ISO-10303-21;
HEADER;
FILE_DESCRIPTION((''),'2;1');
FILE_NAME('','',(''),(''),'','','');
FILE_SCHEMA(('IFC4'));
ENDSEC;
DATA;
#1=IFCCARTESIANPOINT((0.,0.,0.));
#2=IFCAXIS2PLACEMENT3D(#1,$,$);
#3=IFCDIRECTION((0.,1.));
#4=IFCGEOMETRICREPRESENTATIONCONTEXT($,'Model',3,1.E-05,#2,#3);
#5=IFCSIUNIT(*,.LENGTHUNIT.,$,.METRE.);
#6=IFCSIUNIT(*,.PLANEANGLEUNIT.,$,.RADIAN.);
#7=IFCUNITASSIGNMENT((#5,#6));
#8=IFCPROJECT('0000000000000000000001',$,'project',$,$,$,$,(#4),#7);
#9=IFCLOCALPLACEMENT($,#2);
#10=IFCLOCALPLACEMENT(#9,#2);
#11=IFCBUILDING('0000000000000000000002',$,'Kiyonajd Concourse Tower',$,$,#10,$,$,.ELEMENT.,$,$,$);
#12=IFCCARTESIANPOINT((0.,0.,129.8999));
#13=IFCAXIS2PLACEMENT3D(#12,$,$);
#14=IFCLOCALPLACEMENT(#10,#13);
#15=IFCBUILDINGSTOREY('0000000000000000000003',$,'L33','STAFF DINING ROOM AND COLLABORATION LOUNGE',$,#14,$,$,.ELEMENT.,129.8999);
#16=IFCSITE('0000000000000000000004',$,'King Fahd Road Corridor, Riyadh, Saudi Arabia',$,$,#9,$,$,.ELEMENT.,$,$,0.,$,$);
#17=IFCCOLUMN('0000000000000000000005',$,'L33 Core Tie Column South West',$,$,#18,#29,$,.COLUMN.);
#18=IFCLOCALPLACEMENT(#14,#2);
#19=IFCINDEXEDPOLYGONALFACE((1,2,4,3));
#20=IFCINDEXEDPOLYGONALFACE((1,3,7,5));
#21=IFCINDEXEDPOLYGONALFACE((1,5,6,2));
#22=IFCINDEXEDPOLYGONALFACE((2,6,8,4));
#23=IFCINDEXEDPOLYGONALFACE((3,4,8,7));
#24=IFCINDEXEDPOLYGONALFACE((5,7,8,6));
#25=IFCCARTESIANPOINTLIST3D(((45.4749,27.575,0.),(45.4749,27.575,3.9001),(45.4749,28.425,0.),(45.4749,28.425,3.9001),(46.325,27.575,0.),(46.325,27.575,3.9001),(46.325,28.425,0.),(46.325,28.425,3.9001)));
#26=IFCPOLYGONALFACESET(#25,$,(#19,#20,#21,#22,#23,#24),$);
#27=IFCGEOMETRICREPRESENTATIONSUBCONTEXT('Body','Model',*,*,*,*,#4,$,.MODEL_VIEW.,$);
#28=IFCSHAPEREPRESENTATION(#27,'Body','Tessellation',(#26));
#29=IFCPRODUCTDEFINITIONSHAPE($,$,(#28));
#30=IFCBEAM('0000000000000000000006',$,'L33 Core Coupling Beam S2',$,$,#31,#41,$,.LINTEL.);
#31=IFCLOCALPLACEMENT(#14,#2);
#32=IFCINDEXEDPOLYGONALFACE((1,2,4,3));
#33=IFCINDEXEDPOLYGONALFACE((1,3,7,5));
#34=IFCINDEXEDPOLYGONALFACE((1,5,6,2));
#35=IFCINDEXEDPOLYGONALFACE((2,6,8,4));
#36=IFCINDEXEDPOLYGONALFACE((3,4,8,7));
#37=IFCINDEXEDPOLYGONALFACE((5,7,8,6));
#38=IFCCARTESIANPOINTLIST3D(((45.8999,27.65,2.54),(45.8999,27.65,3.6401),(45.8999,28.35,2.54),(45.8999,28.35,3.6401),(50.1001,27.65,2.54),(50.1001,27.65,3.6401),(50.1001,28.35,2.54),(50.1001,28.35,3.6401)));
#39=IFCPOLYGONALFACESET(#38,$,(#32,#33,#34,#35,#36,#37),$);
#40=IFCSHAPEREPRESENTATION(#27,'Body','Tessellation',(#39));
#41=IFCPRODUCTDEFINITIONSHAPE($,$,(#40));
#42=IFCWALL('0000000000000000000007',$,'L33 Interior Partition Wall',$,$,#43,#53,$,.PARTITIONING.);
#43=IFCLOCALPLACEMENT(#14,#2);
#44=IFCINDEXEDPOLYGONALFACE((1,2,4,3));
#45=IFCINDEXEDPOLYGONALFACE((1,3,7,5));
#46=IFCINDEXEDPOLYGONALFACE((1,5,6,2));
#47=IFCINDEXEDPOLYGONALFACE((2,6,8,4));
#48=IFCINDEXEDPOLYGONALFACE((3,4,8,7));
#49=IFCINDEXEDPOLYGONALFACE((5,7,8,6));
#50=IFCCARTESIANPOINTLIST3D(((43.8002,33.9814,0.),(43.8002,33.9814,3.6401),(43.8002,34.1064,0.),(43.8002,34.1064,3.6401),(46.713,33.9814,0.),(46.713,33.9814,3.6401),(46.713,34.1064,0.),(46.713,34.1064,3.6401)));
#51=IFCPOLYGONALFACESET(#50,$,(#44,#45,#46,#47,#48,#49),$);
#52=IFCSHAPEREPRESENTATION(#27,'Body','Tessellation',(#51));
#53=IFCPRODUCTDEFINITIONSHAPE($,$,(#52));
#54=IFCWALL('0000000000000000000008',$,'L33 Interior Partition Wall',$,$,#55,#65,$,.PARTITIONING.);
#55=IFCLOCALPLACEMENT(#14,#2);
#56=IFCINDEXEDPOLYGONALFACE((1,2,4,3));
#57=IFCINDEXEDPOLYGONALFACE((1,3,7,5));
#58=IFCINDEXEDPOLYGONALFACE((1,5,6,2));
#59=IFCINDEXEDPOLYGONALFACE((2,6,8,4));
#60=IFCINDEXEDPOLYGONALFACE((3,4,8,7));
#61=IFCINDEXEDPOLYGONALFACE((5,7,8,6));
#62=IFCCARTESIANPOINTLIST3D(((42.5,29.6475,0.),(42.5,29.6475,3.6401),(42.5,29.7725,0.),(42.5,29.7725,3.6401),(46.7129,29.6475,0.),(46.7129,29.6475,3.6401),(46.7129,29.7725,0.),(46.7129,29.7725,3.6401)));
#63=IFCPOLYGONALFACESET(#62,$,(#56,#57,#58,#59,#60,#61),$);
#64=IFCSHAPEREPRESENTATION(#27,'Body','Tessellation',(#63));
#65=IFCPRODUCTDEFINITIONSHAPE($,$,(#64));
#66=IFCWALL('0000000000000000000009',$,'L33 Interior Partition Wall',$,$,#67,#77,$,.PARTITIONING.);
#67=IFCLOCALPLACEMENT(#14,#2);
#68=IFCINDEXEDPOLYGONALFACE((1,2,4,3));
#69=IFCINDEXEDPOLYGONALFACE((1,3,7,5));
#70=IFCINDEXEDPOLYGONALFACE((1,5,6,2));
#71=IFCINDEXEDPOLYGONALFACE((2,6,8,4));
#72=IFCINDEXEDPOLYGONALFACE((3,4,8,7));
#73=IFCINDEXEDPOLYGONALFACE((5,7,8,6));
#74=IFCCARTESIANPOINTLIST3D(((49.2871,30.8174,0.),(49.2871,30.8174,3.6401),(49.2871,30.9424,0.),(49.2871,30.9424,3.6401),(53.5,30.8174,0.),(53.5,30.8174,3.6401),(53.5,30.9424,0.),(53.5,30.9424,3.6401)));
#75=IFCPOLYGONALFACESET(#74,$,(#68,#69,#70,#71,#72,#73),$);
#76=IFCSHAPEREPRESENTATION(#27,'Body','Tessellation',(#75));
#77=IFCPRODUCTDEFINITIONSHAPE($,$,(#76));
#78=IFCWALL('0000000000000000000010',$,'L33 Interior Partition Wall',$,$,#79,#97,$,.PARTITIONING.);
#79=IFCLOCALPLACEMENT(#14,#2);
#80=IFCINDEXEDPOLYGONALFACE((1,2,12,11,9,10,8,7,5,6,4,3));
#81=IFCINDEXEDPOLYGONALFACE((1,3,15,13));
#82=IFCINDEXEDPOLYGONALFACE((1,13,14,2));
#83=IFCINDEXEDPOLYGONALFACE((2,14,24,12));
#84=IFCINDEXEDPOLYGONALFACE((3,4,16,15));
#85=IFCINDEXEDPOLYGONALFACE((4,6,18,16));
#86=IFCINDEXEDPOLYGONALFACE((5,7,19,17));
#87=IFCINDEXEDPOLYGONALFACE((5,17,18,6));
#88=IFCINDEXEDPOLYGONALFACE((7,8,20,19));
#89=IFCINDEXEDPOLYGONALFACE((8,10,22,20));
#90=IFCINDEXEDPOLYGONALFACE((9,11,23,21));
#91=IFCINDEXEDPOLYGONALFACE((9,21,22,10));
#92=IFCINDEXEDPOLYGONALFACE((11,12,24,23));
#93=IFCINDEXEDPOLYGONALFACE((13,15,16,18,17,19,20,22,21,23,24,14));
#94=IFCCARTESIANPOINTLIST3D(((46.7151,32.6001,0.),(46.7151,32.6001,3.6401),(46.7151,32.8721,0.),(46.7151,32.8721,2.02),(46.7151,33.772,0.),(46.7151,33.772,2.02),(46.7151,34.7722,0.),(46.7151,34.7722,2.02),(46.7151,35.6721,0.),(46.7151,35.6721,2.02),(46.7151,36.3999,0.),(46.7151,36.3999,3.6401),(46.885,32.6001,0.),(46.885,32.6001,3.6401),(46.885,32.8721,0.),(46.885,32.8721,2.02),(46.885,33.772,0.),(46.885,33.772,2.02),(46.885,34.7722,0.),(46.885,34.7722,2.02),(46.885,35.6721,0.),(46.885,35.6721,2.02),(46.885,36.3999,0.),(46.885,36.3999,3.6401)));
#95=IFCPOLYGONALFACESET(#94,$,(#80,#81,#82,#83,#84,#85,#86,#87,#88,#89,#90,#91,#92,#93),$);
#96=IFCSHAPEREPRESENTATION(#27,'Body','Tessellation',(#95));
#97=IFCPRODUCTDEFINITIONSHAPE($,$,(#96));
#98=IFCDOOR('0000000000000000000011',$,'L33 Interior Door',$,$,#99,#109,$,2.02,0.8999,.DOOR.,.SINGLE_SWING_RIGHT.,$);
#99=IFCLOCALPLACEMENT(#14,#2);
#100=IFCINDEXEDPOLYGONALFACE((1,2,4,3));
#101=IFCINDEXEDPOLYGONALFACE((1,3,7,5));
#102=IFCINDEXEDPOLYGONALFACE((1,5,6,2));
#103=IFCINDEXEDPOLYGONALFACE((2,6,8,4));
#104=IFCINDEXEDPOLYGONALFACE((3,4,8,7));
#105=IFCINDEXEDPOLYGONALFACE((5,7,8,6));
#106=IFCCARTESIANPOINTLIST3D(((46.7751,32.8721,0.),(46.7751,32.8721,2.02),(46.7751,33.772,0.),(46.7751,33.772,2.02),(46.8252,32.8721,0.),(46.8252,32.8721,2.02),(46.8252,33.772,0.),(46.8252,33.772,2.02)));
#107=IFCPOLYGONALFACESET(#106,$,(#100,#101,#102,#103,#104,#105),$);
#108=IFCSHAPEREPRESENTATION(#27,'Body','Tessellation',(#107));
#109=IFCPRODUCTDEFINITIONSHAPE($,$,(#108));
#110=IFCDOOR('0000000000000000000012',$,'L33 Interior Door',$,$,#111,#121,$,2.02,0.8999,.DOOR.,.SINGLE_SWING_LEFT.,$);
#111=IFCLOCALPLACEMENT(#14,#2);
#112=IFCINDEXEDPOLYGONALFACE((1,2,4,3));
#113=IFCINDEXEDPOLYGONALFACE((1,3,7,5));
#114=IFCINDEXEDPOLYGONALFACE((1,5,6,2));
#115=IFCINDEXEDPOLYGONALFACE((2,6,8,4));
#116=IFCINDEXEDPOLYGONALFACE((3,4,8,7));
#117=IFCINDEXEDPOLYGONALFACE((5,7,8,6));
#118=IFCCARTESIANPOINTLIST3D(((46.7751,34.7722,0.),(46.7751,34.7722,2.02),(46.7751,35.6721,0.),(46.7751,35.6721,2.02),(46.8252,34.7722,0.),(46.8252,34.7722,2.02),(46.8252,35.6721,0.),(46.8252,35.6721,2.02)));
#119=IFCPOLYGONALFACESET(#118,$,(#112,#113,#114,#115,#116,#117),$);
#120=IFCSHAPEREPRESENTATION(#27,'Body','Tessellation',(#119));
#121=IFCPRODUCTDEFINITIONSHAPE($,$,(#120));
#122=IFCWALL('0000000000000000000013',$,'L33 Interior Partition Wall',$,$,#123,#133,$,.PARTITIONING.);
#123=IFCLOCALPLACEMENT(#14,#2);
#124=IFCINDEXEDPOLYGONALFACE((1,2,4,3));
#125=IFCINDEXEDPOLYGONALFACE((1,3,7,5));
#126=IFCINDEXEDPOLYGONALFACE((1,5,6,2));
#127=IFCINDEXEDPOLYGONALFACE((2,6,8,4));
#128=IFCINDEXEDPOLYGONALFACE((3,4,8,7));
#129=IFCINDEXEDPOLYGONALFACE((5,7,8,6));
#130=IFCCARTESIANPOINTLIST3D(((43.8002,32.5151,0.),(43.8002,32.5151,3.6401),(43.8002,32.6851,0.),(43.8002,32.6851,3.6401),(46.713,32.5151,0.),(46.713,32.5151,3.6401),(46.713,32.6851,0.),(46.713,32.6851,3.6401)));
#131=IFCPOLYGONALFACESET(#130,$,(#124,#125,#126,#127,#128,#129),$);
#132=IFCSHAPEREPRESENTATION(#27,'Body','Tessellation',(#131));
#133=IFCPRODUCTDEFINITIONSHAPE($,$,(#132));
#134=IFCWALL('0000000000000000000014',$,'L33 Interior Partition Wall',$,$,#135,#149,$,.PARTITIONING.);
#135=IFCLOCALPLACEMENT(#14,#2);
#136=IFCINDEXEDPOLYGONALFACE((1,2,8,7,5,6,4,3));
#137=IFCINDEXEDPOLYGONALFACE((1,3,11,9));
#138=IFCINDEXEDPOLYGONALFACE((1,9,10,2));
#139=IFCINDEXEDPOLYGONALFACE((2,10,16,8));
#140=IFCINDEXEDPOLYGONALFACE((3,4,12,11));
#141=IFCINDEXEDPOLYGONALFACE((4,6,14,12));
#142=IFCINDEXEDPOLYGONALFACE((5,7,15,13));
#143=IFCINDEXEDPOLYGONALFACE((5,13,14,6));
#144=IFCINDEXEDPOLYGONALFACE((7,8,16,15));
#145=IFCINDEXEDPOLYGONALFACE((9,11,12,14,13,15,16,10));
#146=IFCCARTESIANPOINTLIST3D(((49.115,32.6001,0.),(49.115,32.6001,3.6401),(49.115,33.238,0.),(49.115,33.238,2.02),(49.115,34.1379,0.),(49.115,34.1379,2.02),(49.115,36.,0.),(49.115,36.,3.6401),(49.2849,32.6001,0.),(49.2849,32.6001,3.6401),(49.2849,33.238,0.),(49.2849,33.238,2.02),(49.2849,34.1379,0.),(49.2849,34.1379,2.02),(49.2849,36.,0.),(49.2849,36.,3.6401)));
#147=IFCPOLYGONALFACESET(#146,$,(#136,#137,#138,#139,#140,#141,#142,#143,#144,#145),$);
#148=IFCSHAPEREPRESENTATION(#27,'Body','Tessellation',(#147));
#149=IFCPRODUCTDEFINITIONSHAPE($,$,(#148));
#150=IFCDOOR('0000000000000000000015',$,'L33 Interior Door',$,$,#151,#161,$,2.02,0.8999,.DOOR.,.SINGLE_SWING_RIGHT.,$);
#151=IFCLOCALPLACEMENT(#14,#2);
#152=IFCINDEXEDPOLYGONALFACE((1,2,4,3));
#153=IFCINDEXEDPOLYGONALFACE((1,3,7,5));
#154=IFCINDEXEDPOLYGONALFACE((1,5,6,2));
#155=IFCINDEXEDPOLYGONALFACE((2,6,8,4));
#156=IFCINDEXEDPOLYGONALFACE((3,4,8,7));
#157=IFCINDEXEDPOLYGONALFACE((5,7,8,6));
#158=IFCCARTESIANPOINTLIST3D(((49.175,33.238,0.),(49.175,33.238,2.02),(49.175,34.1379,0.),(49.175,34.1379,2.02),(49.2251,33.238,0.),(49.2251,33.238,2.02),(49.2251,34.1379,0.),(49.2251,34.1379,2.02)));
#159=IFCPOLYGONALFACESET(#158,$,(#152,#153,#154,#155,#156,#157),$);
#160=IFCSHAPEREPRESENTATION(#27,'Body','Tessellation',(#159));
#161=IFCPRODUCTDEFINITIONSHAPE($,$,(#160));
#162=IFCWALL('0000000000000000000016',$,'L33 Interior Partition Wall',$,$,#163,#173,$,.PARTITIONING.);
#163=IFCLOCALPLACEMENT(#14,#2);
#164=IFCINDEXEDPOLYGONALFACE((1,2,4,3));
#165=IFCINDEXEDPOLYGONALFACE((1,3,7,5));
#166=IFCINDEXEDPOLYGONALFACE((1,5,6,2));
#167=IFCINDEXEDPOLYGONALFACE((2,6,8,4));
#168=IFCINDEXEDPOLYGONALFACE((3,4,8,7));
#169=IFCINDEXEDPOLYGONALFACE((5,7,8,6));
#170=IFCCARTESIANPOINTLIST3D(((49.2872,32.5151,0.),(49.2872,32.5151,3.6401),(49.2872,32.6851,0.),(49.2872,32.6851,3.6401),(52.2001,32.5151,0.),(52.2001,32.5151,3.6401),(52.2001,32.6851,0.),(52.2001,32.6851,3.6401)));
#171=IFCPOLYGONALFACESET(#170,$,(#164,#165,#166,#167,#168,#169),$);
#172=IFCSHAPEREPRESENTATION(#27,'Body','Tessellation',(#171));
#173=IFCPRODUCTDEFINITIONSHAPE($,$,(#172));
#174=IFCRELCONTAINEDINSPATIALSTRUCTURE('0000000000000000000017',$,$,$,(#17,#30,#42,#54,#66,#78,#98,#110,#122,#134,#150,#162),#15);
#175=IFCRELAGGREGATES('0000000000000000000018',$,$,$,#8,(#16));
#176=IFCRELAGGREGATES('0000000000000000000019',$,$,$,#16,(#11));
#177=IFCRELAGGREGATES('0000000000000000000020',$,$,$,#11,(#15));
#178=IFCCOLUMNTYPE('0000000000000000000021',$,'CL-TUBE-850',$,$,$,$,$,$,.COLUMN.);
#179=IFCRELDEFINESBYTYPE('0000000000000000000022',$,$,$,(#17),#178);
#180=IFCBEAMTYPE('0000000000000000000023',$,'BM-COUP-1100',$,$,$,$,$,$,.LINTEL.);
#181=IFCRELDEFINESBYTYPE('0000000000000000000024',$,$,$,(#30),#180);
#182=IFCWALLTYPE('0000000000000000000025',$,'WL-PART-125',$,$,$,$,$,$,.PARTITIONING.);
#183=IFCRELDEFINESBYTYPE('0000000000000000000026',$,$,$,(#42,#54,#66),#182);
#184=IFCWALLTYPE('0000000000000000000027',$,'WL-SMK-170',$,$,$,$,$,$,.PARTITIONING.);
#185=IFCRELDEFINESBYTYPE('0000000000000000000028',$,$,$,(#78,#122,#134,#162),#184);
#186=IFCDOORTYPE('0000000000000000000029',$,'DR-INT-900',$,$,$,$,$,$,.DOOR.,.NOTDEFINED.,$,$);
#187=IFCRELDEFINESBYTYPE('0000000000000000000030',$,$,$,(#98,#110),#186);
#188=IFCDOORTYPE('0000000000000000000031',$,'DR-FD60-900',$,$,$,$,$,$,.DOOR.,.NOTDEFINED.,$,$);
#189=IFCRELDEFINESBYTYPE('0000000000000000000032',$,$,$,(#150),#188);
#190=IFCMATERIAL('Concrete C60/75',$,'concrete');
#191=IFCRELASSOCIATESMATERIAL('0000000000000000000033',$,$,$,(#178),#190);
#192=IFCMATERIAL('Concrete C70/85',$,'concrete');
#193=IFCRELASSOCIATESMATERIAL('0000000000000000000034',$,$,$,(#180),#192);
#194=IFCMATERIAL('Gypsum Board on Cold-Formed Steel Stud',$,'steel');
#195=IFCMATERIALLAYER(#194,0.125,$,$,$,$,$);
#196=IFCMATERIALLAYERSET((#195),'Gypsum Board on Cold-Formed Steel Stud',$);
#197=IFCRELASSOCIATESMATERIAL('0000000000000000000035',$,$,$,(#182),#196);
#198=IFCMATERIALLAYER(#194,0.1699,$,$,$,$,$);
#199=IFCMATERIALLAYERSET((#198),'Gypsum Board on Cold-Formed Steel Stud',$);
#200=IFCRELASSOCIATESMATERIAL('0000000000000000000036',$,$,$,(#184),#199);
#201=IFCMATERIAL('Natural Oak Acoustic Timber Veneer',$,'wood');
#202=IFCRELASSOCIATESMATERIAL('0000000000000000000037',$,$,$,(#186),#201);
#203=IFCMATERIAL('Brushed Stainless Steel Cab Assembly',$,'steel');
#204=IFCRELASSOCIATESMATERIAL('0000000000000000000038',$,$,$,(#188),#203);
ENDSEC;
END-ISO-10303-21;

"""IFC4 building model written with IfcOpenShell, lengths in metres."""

from ifc_helpers import new_model, si_unit, direction, frame, frame_2d, origin, origin_2d, place, context, subcontext, project, spatial, rectangle, extrude, material, layer, layer_set, material_profile, profile_set, type_object, element, fill, save


model = new_model("IFC4")

# Units and contexts
model_context = context("Model", 3, precision=1e-05, world=origin(), true_north=direction((0.0, 1.0)))
body_context = subcontext(model_context, "Body", "Model", "MODEL_VIEW")
ifc_project = project(units=[si_unit("LENGTHUNIT", "METRE"), si_unit("PLANEANGLEUNIT", "RADIAN")], contexts=[model_context])

# Site, building, storey
site_placement = place(None, origin())
site = spatial("IfcSite", under=ifc_project, at=site_placement, Name="King Fahd Road Corridor, Riyadh, Saudi Arabia", CompositionType="ELEMENT", RefElevation=0.0)
building_placement = place(site_placement, origin())
building = spatial("IfcBuilding", under=site, at=building_placement, Name="Kiyonajd Concourse Tower", CompositionType="ELEMENT")
storey_placement = place(building_placement, frame((0.0, 0.0, 129.8999)))
storey = spatial("IfcBuildingStorey", under=building, at=storey_placement, Name="L33", Description="STAFF DINING ROOM AND COLLABORATION LOUNGE", CompositionType="ELEMENT", Elevation=129.8999)

# Column
ifc_material_1 = material(Name="Concrete C60/75", Category="concrete")
ifc_material_profile_1 = material_profile(ifc_material_1, rectangle(XDim=0.8501, YDim=0.8501, at=origin_2d()), Name="RC-850x850")
ifc_profile_set_1 = profile_set([ifc_material_profile_1], Name="Concrete C60/75")
column_type = type_object("IfcColumnType", Name="CL-TUBE-850", PredefinedType="COLUMN", material=ifc_profile_set_1)
column_placement = place(storey_placement, frame((45.8999, 28.0, 0.0), z_axis=(0.0, 0.0, 1.0), x_axis=(1.0, 0.0, 0.0)))
element("IfcColumn", 1, at=column_placement, inside=storey, type_object=column_type, Name="L33 Core Tie Column South West", PredefinedType="COLUMN", context=body_context, shape_type="SweptSolid", body=[
    extrude(rectangle(XDim=0.8501, YDim=0.8501, at=origin_2d()), origin(), (0.0, 0.0, 1.0), 3.9001),
])

# Beam
ifc_material_2 = material(Name="Concrete C70/85", Category="concrete")
ifc_material_profile_2 = material_profile(ifc_material_2, rectangle(XDim=0.7, YDim=1.1001, at=origin_2d()), Name="RCBM-700x1100")
ifc_profile_set_2 = profile_set([ifc_material_profile_2], Name="Concrete C70/85")
beam_type = type_object("IfcBeamType", Name="BM-COUP-1100", PredefinedType="LINTEL", material=ifc_profile_set_2)
beam_placement = place(storey_placement, frame((45.8999, 28.0, 3.0901), z_axis=(1.0, 0.0, 0.0), x_axis=(0.0, 1.0, 0.0)))
element("IfcBeam", 2, at=beam_placement, inside=storey, type_object=beam_type, Name="L33 Core Coupling Beam S2", PredefinedType="LINTEL", context=body_context, shape_type="SweptSolid", body=[
    extrude(rectangle(XDim=0.7, YDim=1.1001, at=origin_2d()), origin(), (0.0, 0.0, 1.0), 4.2002),
])

# Walls
ifc_material_3 = material(Name="Gypsum Board on Cold-Formed Steel Stud", Category="steel")
ifc_layer_1 = layer(ifc_material_3, 0.125)
ifc_layer_set_1 = layer_set([ifc_layer_1], Name="Gypsum Board on Cold-Formed Steel Stud")
wall_type_1 = type_object("IfcWallType", Name="WL-PART-125", PredefinedType="PARTITIONING", material=ifc_layer_set_1)
wall_1_placement = place(storey_placement, frame((43.8, 34.0439, 0.0), z_axis=(0.0, 0.0, 1.0), x_axis=(1.0, 0.0, 0.0)))
element("IfcWall", 3, at=wall_1_placement, inside=storey, type_object=wall_type_1, Name="L33 Interior Partition Wall", PredefinedType="PARTITIONING", context=body_context, shape_type="SweptSolid", body=[
    extrude(rectangle(XDim=2.9128, YDim=0.125, at=frame_2d((1.4565, 0.0))), origin(), (0.0, 0.0, 1.0), 3.6401),
])
for number, where, z_axis, x_axis, name in (
    (4, (42.5, 29.71, 0.0), (0.0, 0.0, 1.0), (1.0, 0.0, 0.0), "L33 Interior Partition Wall"),
    (5, (49.2871, 30.8799, 0.0), (0.0, 0.0, 1.0), (1.0, 0.0, 0.0), "L33 Interior Partition Wall"),
):
    element("IfcWall", number, at=place(storey_placement, frame(where, z_axis=z_axis, x_axis=x_axis)), inside=storey, type_object=wall_type_1, Name=name, PredefinedType="PARTITIONING", context=body_context, shape_type="SweptSolid", body=[
        extrude(rectangle(XDim=4.2129, YDim=0.125, at=frame_2d((2.1064, 0.0))), origin(), (0.0, 0.0, 1.0), 3.6401),
    ])

# Wall, openings, doors
ifc_layer_2 = layer(ifc_material_3, 0.1699)
ifc_layer_set_2 = layer_set([ifc_layer_2], Name="Gypsum Board on Cold-Formed Steel Stud")
wall_type_2 = type_object("IfcWallType", Name="WL-SMK-170", PredefinedType="PARTITIONING", material=ifc_layer_set_2)
wall_2_placement = place(storey_placement, frame((46.8, 32.6001, 0.0), z_axis=(0.0, 0.0, 1.0), x_axis=(0.0, 1.0, 0.0)))
wall_2 = element("IfcWall", 6, at=wall_2_placement, inside=storey, type_object=wall_type_2, Name="L33 Interior Partition Wall", PredefinedType="PARTITIONING", context=body_context, shape_type="SweptSolid", body=[
    extrude(rectangle(XDim=3.7998, YDim=0.1699, at=frame_2d((1.8999, 0.0))), origin(), (0.0, 0.0, 1.0), 3.6401),
])
opening_1_placement = place(wall_2_placement, frame((0.272, 0.0, 0.0)))
opening_1 = element("IfcOpeningElement", 7, at=opening_1_placement, cuts=wall_2, PredefinedType="OPENING", context=body_context, shape_type="SweptSolid", body=[
    extrude(rectangle(XDim=0.8999, YDim=2.02, at=frame_2d((0.45, 1.01))), frame((0.0, 0.095, 0.0), z_axis=(0.0, -1.0, 0.0), x_axis=(1.0, 0.0, 0.0)), (0.0, 0.0, 1.0), 0.1899),
])
opening_2_placement = place(wall_2_placement, frame((2.1721, 0.0, 0.0)))
opening_2 = element("IfcOpeningElement", 8, at=opening_2_placement, cuts=wall_2, PredefinedType="OPENING", context=body_context, shape_type="SweptSolid", body=[
    extrude(rectangle(XDim=0.8999, YDim=2.02, at=frame_2d((0.45, 1.01))), frame((0.0, 0.095, 0.0), z_axis=(0.0, -1.0, 0.0), x_axis=(1.0, 0.0, 0.0)), (0.0, 0.0, 1.0), 0.1899),
])
ifc_material_4 = material(Name="Natural Oak Acoustic Timber Veneer", Category="wood")
door_type_1 = type_object("IfcDoorType", Name="DR-INT-900", OperationType="NOTDEFINED", PredefinedType="DOOR", material=ifc_material_4)
door_1_placement = place(opening_1_placement, origin())
door_1 = element("IfcDoor", 9, at=door_1_placement, inside=storey, type_object=door_type_1, Name="L33 Interior Door", OperationType="SINGLE_SWING_RIGHT", OverallHeight=2.02, OverallWidth=0.8999, PredefinedType="DOOR", context=body_context, shape_type="SweptSolid", body=[
    extrude(rectangle(XDim=0.8999, YDim=2.02, at=frame_2d((0.45, 1.01))), frame((0.0, 0.0249, 0.0), z_axis=(0.0, -1.0, 0.0), x_axis=(1.0, 0.0, 0.0)), (0.0, 0.0, 1.0), 0.05),
])
fill(opening_1, door_1)
door_2_placement = place(opening_2_placement, origin())
door_2 = element("IfcDoor", 10, at=door_2_placement, inside=storey, type_object=door_type_1, Name="L33 Interior Door", OperationType="SINGLE_SWING_LEFT", OverallHeight=2.02, OverallWidth=0.8999, PredefinedType="DOOR", context=body_context, shape_type="SweptSolid", body=[
    extrude(rectangle(XDim=0.8999, YDim=2.02, at=frame_2d((0.45, 1.01))), frame((0.0, 0.0249, 0.0), z_axis=(0.0, -1.0, 0.0), x_axis=(1.0, 0.0, 0.0)), (0.0, 0.0, 1.0), 0.05),
])
fill(opening_2, door_2)

# Wall
wall_3_placement = place(storey_placement, frame((43.8, 32.6001, 0.0), z_axis=(0.0, 0.0, 1.0), x_axis=(1.0, 0.0, 0.0)))
element("IfcWall", 11, at=wall_3_placement, inside=storey, type_object=wall_type_2, Name="L33 Interior Partition Wall", PredefinedType="PARTITIONING", context=body_context, shape_type="SweptSolid", body=[
    extrude(rectangle(XDim=2.9128, YDim=0.1699, at=frame_2d((1.4565, 0.0))), origin(), (0.0, 0.0, 1.0), 3.6401),
])

# Wall, opening, door
wall_4_placement = place(storey_placement, frame((49.2, 32.6001, 0.0), z_axis=(0.0, 0.0, 1.0), x_axis=(0.0, 1.0, 0.0)))
wall_4 = element("IfcWall", 12, at=wall_4_placement, inside=storey, type_object=wall_type_2, Name="L33 Interior Partition Wall", PredefinedType="PARTITIONING", context=body_context, shape_type="SweptSolid", body=[
    extrude(rectangle(XDim=3.3999, YDim=0.1699, at=frame_2d((1.7, 0.0))), origin(), (0.0, 0.0, 1.0), 3.6401),
])
opening_3_placement = place(wall_4_placement, frame((0.6379, 0.0, 0.0)))
opening_3 = element("IfcOpeningElement", 13, at=opening_3_placement, cuts=wall_4, PredefinedType="OPENING", context=body_context, shape_type="SweptSolid", body=[
    extrude(rectangle(XDim=0.8999, YDim=2.02, at=frame_2d((0.45, 1.01))), frame((0.0, 0.095, 0.0), z_axis=(0.0, -1.0, 0.0), x_axis=(1.0, 0.0, 0.0)), (0.0, 0.0, 1.0), 0.1899),
])
ifc_material_5 = material(Name="Brushed Stainless Steel Cab Assembly", Category="steel")
door_type_2 = type_object("IfcDoorType", Name="DR-FD60-900", OperationType="NOTDEFINED", PredefinedType="DOOR", material=ifc_material_5)
door_3_placement = place(opening_3_placement, origin())
door_3 = element("IfcDoor", 14, at=door_3_placement, inside=storey, type_object=door_type_2, Name="L33 Interior Door", OperationType="SINGLE_SWING_RIGHT", OverallHeight=2.02, OverallWidth=0.8999, PredefinedType="DOOR", context=body_context, shape_type="SweptSolid", body=[
    extrude(rectangle(XDim=0.8999, YDim=2.02, at=frame_2d((0.45, 1.01))), frame((0.0, 0.0249, 0.0), z_axis=(0.0, -1.0, 0.0), x_axis=(1.0, 0.0, 0.0)), (0.0, 0.0, 1.0), 0.05),
])
fill(opening_3, door_3)

# Wall
wall_5_placement = place(storey_placement, frame((49.2871, 32.6001, 0.0), z_axis=(0.0, 0.0, 1.0), x_axis=(1.0, 0.0, 0.0)))
element("IfcWall", 15, at=wall_5_placement, inside=storey, type_object=wall_type_2, Name="L33 Interior Partition Wall", PredefinedType="PARTITIONING", context=body_context, shape_type="SweptSolid", body=[
    extrude(rectangle(XDim=2.9128, YDim=0.1699, at=frame_2d((1.4565, 0.0))), origin(), (0.0, 0.0, 1.0), 3.6401),
])

save(model, "model.ifc")
